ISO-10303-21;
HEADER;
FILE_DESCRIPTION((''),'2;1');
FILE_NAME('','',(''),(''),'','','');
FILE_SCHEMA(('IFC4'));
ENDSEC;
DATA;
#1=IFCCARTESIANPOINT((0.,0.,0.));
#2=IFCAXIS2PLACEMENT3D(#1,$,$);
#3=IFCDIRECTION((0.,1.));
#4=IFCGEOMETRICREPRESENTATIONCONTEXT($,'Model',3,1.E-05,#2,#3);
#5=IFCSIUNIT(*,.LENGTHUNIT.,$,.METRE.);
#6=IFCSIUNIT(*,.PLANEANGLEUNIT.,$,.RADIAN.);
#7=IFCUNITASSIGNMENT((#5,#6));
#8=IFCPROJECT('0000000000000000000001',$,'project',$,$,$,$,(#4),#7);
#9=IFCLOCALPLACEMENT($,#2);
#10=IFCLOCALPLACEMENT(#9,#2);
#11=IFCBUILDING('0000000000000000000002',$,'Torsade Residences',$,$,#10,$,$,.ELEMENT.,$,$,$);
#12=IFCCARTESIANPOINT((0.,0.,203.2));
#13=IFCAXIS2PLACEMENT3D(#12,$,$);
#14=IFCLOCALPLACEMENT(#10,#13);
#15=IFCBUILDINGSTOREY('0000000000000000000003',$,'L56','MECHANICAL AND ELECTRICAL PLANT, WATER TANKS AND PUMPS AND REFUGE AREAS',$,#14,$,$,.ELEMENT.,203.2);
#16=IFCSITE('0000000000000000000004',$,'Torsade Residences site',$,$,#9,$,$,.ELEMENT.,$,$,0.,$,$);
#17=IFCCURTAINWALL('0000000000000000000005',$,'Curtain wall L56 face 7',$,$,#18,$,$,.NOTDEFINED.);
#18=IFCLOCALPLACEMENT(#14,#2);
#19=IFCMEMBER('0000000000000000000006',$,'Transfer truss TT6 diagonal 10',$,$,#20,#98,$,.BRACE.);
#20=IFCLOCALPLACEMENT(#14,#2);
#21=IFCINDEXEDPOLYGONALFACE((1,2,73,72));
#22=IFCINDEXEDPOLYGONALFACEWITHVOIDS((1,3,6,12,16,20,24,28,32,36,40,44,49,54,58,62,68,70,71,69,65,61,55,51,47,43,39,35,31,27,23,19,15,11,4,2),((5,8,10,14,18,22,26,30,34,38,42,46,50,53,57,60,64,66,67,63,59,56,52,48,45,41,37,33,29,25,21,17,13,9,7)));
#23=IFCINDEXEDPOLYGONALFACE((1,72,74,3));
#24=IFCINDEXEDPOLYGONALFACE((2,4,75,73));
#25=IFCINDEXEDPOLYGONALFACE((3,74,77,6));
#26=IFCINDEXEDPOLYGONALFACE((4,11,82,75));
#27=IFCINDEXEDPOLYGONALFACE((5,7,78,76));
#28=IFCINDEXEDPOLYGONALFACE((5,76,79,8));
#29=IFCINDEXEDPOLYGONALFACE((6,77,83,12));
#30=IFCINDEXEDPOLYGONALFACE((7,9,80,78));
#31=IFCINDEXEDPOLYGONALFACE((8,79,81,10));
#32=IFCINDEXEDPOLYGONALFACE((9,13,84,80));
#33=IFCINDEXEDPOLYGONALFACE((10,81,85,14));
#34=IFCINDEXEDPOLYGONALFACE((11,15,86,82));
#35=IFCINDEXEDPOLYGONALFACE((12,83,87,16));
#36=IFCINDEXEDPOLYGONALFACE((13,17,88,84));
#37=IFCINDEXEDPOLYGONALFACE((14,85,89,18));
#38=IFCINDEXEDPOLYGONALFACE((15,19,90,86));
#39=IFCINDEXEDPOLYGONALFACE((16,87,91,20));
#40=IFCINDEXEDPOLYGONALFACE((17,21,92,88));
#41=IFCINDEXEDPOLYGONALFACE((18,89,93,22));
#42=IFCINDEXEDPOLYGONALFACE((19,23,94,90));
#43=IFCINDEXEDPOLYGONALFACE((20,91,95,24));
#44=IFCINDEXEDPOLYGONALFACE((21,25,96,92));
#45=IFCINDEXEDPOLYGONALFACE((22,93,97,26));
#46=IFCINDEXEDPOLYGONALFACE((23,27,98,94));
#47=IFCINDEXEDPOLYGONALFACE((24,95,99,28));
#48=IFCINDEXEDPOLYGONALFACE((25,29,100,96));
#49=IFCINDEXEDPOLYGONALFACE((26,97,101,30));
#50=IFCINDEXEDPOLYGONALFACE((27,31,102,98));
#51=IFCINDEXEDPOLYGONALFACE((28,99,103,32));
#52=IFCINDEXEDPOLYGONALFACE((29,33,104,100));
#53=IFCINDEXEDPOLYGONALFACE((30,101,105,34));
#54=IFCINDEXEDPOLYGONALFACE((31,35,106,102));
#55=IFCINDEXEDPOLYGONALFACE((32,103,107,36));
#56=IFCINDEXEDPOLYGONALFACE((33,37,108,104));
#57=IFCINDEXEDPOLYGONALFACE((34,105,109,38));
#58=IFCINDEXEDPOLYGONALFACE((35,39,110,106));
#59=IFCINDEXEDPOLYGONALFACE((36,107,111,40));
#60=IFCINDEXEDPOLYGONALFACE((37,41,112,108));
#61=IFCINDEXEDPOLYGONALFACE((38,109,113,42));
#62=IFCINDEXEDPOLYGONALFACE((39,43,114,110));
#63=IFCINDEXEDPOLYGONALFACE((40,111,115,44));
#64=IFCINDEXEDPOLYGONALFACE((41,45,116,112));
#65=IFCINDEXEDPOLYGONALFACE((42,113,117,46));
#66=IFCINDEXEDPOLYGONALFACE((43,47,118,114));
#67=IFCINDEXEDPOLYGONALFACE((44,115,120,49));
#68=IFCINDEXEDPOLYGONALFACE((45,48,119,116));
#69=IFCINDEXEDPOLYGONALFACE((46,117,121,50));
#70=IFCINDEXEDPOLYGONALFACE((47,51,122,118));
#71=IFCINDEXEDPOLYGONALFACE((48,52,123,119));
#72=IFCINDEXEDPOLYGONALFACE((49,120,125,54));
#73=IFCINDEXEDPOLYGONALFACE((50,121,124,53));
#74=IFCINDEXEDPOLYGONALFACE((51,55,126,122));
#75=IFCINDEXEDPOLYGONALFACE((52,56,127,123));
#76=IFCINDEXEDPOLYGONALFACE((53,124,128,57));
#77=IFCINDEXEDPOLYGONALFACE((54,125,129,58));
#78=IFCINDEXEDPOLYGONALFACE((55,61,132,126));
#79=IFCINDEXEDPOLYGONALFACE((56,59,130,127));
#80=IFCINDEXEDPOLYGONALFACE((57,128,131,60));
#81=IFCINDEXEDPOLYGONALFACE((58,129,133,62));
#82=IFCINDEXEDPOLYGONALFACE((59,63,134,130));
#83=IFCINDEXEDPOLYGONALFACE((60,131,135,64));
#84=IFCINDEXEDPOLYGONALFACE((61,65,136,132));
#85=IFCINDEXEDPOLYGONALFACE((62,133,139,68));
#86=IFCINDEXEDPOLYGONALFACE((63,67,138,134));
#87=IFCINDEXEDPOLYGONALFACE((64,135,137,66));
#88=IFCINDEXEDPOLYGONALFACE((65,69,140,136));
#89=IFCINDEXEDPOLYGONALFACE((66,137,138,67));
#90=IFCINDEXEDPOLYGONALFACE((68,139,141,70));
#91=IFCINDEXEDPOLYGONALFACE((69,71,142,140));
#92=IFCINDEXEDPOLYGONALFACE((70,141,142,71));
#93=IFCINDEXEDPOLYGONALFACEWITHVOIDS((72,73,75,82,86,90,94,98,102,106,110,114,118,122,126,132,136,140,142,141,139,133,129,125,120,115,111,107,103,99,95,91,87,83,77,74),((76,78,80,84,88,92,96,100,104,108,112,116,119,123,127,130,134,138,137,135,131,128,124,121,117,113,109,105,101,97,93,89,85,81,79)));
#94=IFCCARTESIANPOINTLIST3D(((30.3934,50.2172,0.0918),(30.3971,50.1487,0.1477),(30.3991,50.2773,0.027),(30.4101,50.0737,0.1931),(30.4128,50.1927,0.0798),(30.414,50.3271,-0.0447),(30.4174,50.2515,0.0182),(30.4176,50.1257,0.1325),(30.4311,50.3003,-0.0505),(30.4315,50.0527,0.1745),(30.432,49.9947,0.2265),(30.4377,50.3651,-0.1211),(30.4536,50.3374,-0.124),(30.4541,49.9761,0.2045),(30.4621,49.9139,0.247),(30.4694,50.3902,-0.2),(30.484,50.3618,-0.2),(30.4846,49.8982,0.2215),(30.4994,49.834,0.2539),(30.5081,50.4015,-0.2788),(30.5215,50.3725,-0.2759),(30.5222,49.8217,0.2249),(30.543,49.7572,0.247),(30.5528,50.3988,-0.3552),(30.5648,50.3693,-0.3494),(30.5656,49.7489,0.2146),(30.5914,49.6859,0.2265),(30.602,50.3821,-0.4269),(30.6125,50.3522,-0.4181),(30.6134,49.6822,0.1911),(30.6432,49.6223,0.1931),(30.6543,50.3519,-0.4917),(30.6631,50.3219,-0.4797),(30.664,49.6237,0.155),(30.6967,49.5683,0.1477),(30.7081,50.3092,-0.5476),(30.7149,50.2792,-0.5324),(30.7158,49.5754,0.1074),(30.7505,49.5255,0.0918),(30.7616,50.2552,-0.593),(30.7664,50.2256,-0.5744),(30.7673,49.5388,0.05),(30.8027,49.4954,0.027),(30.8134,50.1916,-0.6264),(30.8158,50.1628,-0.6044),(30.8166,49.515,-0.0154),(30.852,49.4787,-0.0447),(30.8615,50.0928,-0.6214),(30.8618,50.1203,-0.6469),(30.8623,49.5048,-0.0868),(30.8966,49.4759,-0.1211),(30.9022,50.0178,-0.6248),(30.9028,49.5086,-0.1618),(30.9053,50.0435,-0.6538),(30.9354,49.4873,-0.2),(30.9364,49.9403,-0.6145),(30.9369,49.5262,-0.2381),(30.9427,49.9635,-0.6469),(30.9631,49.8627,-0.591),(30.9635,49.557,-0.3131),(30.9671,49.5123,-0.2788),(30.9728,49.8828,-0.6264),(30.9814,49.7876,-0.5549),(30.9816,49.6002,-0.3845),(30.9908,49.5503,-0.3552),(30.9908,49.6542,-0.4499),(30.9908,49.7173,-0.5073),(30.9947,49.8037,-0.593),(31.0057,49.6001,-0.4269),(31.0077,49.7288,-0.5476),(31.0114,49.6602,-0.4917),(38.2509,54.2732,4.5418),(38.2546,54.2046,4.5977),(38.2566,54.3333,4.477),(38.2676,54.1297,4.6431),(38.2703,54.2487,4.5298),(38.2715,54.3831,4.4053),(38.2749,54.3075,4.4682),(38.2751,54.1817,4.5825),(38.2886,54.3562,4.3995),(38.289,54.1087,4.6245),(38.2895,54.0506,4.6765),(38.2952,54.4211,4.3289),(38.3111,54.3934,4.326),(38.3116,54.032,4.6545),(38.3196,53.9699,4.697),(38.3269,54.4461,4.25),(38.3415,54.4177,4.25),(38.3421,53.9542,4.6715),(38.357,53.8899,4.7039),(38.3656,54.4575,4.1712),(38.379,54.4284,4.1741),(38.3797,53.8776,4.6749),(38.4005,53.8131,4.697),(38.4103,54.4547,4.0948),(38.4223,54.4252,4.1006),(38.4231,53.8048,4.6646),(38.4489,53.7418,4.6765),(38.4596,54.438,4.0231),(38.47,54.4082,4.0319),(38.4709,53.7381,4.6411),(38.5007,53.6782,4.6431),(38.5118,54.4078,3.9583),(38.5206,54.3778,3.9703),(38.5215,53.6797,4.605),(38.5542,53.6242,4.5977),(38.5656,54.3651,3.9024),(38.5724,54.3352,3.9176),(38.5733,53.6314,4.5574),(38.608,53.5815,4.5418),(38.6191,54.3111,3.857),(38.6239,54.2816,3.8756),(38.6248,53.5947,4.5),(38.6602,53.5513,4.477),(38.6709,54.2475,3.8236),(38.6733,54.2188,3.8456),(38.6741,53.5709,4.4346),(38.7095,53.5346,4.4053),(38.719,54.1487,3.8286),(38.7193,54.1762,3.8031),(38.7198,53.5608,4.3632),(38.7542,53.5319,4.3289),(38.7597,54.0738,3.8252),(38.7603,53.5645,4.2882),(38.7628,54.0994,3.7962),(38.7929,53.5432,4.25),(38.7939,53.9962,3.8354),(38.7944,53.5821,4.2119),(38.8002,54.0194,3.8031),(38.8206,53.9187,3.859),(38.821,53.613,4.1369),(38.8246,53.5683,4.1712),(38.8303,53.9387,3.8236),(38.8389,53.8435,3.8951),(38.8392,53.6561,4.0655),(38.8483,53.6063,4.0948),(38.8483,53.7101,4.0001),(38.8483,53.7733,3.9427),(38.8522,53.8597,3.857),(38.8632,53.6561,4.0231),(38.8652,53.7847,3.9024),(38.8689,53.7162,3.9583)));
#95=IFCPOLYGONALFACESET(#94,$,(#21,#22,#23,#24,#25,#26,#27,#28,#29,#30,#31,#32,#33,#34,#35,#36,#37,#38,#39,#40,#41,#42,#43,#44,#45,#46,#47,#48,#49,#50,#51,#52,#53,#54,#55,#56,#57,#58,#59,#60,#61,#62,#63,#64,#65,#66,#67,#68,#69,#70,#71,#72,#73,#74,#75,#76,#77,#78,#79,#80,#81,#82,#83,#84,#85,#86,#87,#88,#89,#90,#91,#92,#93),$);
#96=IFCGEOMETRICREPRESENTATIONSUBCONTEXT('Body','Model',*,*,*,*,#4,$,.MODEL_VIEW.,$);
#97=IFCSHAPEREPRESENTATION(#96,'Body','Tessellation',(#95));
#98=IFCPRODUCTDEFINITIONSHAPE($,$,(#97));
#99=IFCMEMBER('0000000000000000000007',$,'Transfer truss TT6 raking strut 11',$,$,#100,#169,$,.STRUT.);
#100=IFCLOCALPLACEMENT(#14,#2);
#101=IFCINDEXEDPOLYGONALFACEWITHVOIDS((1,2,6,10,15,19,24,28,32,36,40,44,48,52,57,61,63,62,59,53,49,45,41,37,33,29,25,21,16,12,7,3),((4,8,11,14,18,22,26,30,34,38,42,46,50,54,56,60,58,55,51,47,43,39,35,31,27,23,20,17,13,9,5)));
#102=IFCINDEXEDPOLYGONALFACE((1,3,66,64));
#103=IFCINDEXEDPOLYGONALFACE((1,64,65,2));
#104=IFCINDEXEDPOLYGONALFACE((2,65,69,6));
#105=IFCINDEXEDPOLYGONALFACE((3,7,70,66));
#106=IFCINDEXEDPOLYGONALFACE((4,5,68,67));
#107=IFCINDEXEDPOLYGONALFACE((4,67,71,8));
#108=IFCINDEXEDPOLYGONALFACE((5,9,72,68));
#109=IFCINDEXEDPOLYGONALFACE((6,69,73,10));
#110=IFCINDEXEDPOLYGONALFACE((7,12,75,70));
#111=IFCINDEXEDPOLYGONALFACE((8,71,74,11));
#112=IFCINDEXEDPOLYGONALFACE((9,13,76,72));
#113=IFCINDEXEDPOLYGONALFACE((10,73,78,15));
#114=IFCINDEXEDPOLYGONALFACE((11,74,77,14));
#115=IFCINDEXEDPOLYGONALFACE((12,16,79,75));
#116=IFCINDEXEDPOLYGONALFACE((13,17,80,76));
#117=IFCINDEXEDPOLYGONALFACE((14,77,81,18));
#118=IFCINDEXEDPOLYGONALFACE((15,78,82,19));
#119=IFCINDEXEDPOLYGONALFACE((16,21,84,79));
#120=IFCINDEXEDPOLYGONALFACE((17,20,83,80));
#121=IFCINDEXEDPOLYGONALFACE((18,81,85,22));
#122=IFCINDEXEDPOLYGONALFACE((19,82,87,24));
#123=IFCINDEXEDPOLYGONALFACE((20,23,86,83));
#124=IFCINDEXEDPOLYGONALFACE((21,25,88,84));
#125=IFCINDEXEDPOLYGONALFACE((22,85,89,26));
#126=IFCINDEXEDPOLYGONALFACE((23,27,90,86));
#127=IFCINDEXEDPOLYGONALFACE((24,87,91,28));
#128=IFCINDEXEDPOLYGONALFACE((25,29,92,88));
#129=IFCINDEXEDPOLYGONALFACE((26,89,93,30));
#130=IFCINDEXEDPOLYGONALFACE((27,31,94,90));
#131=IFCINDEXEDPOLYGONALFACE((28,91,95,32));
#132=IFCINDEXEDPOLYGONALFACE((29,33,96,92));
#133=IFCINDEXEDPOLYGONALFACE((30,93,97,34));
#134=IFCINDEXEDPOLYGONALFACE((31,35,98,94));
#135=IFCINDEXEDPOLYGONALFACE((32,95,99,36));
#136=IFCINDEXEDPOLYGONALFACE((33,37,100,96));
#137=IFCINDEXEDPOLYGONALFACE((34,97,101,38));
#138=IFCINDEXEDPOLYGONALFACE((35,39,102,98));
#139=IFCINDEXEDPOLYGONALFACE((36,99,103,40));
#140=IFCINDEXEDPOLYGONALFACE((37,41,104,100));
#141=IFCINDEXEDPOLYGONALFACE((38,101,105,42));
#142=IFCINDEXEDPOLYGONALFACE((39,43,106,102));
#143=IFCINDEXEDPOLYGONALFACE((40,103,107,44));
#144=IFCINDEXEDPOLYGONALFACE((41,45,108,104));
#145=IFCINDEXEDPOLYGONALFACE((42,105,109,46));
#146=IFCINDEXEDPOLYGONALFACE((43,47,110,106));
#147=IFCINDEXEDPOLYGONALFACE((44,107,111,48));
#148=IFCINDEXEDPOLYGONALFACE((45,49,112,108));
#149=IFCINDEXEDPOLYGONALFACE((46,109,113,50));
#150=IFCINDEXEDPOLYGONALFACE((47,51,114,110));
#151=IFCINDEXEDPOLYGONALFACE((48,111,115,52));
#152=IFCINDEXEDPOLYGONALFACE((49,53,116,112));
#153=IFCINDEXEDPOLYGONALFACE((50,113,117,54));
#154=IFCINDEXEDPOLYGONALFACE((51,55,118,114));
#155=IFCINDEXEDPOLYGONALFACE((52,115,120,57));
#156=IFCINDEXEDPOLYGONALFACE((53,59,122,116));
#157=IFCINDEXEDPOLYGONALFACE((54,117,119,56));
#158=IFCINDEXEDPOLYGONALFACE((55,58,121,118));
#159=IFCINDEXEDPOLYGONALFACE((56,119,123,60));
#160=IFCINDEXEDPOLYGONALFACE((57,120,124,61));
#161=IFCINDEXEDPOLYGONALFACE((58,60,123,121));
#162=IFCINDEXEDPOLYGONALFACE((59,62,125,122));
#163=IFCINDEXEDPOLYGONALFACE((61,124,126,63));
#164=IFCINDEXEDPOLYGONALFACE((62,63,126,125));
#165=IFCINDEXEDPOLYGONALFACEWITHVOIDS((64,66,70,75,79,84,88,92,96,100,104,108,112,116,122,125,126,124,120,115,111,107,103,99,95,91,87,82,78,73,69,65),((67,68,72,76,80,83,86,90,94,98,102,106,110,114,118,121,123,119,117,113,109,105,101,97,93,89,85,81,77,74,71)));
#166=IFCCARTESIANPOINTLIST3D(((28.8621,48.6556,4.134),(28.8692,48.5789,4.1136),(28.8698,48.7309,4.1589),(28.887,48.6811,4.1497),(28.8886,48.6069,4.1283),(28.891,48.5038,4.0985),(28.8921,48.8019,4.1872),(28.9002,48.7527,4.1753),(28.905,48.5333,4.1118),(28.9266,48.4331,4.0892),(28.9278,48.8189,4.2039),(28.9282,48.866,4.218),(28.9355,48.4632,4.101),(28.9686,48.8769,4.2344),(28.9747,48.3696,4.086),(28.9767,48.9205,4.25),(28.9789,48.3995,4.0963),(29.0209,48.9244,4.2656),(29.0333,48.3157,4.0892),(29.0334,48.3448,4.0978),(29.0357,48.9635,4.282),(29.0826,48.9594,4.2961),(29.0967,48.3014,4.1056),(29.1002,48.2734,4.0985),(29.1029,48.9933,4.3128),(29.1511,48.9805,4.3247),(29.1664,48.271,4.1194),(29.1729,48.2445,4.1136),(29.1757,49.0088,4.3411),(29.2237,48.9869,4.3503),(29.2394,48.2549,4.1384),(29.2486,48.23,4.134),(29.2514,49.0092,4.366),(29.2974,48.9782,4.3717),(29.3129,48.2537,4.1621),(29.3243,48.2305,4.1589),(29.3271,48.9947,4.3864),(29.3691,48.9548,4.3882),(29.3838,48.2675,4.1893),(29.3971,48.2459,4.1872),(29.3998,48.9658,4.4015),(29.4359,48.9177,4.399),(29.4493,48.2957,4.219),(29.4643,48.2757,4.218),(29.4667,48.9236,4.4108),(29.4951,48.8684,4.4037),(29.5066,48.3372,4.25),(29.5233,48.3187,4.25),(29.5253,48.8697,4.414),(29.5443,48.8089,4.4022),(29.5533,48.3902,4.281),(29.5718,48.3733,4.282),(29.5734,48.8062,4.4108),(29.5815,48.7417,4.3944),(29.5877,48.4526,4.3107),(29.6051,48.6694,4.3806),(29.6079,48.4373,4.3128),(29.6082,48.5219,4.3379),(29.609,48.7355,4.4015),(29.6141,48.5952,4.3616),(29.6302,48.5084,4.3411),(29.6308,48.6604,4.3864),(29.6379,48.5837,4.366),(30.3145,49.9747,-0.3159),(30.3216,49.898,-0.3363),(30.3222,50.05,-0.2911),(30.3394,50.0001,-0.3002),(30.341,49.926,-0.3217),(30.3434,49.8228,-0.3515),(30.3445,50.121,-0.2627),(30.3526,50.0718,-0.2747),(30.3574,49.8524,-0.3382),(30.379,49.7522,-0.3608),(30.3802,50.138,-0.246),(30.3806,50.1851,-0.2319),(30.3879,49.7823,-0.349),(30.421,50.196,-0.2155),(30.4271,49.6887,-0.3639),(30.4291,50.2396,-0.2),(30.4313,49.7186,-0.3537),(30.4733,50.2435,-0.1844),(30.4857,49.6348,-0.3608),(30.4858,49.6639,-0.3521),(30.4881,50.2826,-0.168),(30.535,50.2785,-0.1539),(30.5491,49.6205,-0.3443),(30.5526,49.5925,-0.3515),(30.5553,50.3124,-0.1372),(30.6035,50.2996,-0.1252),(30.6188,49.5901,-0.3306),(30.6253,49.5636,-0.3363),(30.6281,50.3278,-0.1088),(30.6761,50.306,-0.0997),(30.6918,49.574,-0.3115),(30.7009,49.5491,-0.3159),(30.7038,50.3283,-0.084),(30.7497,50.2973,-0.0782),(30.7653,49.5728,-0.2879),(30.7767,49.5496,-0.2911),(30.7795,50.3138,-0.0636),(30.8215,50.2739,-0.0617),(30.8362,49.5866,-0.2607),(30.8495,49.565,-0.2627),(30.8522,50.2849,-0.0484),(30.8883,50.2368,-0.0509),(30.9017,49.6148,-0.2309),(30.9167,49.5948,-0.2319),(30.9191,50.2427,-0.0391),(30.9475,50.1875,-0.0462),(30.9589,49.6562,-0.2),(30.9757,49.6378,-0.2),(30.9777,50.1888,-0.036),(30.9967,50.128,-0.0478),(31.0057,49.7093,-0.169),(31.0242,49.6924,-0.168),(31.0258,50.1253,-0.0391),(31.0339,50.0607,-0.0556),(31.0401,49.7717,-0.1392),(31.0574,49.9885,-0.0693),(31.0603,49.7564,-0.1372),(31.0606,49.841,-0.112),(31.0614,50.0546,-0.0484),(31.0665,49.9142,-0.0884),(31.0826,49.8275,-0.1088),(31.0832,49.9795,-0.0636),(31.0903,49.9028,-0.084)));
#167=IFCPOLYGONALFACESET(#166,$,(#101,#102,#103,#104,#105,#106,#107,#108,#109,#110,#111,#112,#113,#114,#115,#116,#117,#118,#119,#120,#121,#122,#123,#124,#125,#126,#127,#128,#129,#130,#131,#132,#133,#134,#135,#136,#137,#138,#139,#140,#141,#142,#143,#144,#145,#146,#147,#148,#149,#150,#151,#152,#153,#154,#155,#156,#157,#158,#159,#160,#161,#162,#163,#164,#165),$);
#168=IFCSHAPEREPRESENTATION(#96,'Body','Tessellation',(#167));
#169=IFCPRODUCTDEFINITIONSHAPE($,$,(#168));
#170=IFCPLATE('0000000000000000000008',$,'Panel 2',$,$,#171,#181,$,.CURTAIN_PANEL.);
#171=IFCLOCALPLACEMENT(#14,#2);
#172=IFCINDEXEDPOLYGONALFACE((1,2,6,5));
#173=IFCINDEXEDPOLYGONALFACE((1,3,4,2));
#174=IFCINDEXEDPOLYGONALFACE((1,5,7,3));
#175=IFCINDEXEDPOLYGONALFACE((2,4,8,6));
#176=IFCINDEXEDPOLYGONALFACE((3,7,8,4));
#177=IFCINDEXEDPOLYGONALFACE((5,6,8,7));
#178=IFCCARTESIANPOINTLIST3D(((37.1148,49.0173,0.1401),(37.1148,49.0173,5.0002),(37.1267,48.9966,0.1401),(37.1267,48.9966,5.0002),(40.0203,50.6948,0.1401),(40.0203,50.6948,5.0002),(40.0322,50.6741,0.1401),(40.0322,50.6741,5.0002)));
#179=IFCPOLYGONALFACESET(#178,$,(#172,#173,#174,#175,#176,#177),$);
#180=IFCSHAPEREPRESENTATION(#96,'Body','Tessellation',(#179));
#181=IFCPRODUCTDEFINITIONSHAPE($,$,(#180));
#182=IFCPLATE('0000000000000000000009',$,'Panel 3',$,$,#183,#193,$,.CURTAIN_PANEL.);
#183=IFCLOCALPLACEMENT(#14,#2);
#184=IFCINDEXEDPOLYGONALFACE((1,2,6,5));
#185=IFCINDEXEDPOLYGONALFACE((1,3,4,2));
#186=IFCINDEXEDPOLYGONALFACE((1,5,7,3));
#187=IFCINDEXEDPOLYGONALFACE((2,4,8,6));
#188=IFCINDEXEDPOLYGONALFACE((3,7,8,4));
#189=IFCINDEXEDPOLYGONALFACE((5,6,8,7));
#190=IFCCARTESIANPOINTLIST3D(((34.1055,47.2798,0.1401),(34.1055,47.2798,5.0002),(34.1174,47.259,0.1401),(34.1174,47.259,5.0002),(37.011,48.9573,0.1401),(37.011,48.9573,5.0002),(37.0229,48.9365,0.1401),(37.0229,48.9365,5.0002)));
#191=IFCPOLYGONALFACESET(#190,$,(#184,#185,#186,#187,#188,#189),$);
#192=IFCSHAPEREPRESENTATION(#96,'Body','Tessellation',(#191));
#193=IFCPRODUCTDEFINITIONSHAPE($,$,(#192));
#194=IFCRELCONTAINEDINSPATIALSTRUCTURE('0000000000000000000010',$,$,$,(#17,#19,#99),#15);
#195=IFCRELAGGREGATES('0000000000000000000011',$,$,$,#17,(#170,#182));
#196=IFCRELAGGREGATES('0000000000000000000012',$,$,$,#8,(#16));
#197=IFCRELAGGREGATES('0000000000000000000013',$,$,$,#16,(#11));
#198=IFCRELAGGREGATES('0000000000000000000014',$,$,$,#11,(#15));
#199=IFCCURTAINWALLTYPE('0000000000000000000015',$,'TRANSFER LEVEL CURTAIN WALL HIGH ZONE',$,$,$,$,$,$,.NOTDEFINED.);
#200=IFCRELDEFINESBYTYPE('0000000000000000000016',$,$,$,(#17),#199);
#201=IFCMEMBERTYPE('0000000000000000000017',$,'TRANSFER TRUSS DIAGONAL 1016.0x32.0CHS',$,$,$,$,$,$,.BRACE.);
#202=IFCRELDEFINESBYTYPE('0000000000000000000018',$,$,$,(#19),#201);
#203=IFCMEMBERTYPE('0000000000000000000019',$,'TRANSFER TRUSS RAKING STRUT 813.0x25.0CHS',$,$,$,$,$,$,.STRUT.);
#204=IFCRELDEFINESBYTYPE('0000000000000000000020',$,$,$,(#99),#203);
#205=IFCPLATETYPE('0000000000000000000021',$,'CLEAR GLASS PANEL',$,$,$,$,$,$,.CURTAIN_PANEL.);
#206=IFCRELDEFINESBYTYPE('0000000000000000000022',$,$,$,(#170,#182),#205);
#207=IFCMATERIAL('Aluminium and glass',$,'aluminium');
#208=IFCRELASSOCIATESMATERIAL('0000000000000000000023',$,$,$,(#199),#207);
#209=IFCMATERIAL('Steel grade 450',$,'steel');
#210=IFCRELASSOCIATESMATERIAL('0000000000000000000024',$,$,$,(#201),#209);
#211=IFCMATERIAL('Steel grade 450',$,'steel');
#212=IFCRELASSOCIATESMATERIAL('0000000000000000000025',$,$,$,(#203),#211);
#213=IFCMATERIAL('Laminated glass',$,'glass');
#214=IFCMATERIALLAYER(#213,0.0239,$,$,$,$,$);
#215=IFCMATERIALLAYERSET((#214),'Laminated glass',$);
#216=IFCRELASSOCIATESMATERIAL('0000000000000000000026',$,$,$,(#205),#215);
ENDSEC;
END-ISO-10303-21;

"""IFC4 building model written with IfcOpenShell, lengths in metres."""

from ifc_helpers import new_model, si_unit, direction, frame, origin, origin_2d, place, context, subcontext, project, spatial, rectangle, hollow_circle, extrude, material, layer, layer_set, material_profile, profile_set, type_object, element, aggregate, save


model = new_model("IFC4")

# Units and contexts
model_context = context("Model", 3, precision=1e-05, world=origin(), true_north=direction((0.0, 1.0)))
body_context = subcontext(model_context, "Body", "Model", "MODEL_VIEW")
ifc_project = project(units=[si_unit("LENGTHUNIT", "METRE"), si_unit("PLANEANGLEUNIT", "RADIAN")], contexts=[model_context])

# Site, building, storey
site_placement = place(None, origin())
site = spatial("IfcSite", under=ifc_project, at=site_placement, Name="Torsade Residences site", CompositionType="ELEMENT", RefElevation=0.0)
building_placement = place(site_placement, origin())
building = spatial("IfcBuilding", under=site, at=building_placement, Name="Torsade Residences", CompositionType="ELEMENT")
storey_placement = place(building_placement, frame((0.0, 0.0, 203.2)))
storey = spatial("IfcBuildingStorey", under=building, at=storey_placement, Name="L56", Description="MECHANICAL AND ELECTRICAL PLANT, WATER TANKS AND PUMPS AND REFUGE AREAS", CompositionType="ELEMENT", Elevation=203.2)

# Curtain wall
ifc_material_1 = material(Name="Aluminium and glass", Category="aluminium")
curtain_wall_type = type_object("IfcCurtainWallType", Name="TRANSFER LEVEL CURTAIN WALL HIGH ZONE", PredefinedType="NOTDEFINED", material=ifc_material_1)
curtain_wall_placement = place(storey_placement, origin())
curtain_wall = element("IfcCurtainWall", 1, at=curtain_wall_placement, inside=storey, type_object=curtain_wall_type, Name="Curtain wall L56 face 7", PredefinedType="NOTDEFINED")

# Members
ifc_material_2 = material(Name="Steel grade 450", Category="steel")
ifc_material_profile_1 = material_profile(ifc_material_2, hollow_circle(Radius=0.5081, WallThickness=0.032, at=origin_2d()), Name="1016.0x32.0CHS")
ifc_profile_set_1 = profile_set([ifc_material_profile_1], Name="Steel grade 450")
member_type_1 = type_object("IfcMemberType", Name="TRANSFER TRUSS DIAGONAL 1016.0x32.0CHS", PredefinedType="BRACE", material=ifc_profile_set_1)
member_1_placement = place(storey_placement, frame((30.7024, 49.9387, -0.2), z_axis=(0.793754, 0.409726, 0.449532), x_axis=(-0.458684, 0.888599, 0.0)))
element("IfcMember", 2, at=member_1_placement, inside=storey, type_object=member_type_1, Name="Transfer truss TT6 diagonal 10", PredefinedType="BRACE", context=body_context, shape_type="SweptSolid", body=[
    extrude(hollow_circle(Radius=0.5081, WallThickness=0.032, at=origin_2d()), origin(), (0.0, 0.0, 1.0), 9.8992),
])
ifc_material_3 = material(Name="Steel grade 450", Category="steel")
ifc_material_profile_2 = material_profile(ifc_material_3, hollow_circle(Radius=0.4065, WallThickness=0.0249, at=origin_2d()), Name="813.0x25.0CHS")
ifc_profile_set_2 = profile_set([ifc_material_profile_2], Name="Steel grade 450")
member_type_2 = type_object("IfcMemberType", Name="TRANSFER TRUSS RAKING STRUT 813.0x25.0CHS", PredefinedType="STRUT", material=ifc_profile_set_2)
member_2_placement = place(storey_placement, frame((30.7024, 49.9387, -0.2), z_axis=(-0.298645, -0.271235, 0.91501), x_axis=(0.67232, -0.740261, 0.0)))
element("IfcMember", 3, at=member_2_placement, inside=storey, type_object=member_type_2, Name="Transfer truss TT6 raking strut 11", PredefinedType="STRUT", context=body_context, shape_type="SweptSolid", body=[
    extrude(hollow_circle(Radius=0.4065, WallThickness=0.0249, at=origin_2d()), origin(), (0.0, 0.0, 1.0), 4.8633),
])

# Plates
ifc_material_4 = material(Name="Laminated glass", Category="glass")
ifc_layer_1 = layer(ifc_material_4, 0.0239)
ifc_layer_set_1 = layer_set([ifc_layer_1], Name="Laminated glass")
plate_type = type_object("IfcPlateType", Name="CLEAR GLASS PANEL", PredefinedType="CURTAIN_PANEL", material=ifc_layer_set_1)
plate_1_placement = place(storey_placement, frame((38.5735, 49.8457, 0.1401), z_axis=(0.0, 0.0, 1.0), x_axis=(-0.866025, -0.5, 0.0)))
plate_1 = element("IfcPlate", 4, at=plate_1_placement, type_object=plate_type, Name="Panel 2", PredefinedType="CURTAIN_PANEL", context=body_context, shape_type="SweptSolid", body=[
    extrude(rectangle(XDim=3.355, YDim=0.0239, at=origin_2d()), origin(), (0.0, 0.0, 1.0), 4.8601),
])
plate_2_placement = place(storey_placement, frame((35.5642, 48.1082, 0.1401), z_axis=(0.0, 0.0, 1.0), x_axis=(-0.866025, -0.5, 0.0)))
plate_2 = element("IfcPlate", 5, at=plate_2_placement, type_object=plate_type, Name="Panel 3", PredefinedType="CURTAIN_PANEL", context=body_context, shape_type="SweptSolid", body=[
    extrude(rectangle(XDim=3.355, YDim=0.0239, at=origin_2d()), origin(), (0.0, 0.0, 1.0), 4.8601),
])
aggregate(curtain_wall, [plate_1, plate_2])

save(model, "model.ifc")
